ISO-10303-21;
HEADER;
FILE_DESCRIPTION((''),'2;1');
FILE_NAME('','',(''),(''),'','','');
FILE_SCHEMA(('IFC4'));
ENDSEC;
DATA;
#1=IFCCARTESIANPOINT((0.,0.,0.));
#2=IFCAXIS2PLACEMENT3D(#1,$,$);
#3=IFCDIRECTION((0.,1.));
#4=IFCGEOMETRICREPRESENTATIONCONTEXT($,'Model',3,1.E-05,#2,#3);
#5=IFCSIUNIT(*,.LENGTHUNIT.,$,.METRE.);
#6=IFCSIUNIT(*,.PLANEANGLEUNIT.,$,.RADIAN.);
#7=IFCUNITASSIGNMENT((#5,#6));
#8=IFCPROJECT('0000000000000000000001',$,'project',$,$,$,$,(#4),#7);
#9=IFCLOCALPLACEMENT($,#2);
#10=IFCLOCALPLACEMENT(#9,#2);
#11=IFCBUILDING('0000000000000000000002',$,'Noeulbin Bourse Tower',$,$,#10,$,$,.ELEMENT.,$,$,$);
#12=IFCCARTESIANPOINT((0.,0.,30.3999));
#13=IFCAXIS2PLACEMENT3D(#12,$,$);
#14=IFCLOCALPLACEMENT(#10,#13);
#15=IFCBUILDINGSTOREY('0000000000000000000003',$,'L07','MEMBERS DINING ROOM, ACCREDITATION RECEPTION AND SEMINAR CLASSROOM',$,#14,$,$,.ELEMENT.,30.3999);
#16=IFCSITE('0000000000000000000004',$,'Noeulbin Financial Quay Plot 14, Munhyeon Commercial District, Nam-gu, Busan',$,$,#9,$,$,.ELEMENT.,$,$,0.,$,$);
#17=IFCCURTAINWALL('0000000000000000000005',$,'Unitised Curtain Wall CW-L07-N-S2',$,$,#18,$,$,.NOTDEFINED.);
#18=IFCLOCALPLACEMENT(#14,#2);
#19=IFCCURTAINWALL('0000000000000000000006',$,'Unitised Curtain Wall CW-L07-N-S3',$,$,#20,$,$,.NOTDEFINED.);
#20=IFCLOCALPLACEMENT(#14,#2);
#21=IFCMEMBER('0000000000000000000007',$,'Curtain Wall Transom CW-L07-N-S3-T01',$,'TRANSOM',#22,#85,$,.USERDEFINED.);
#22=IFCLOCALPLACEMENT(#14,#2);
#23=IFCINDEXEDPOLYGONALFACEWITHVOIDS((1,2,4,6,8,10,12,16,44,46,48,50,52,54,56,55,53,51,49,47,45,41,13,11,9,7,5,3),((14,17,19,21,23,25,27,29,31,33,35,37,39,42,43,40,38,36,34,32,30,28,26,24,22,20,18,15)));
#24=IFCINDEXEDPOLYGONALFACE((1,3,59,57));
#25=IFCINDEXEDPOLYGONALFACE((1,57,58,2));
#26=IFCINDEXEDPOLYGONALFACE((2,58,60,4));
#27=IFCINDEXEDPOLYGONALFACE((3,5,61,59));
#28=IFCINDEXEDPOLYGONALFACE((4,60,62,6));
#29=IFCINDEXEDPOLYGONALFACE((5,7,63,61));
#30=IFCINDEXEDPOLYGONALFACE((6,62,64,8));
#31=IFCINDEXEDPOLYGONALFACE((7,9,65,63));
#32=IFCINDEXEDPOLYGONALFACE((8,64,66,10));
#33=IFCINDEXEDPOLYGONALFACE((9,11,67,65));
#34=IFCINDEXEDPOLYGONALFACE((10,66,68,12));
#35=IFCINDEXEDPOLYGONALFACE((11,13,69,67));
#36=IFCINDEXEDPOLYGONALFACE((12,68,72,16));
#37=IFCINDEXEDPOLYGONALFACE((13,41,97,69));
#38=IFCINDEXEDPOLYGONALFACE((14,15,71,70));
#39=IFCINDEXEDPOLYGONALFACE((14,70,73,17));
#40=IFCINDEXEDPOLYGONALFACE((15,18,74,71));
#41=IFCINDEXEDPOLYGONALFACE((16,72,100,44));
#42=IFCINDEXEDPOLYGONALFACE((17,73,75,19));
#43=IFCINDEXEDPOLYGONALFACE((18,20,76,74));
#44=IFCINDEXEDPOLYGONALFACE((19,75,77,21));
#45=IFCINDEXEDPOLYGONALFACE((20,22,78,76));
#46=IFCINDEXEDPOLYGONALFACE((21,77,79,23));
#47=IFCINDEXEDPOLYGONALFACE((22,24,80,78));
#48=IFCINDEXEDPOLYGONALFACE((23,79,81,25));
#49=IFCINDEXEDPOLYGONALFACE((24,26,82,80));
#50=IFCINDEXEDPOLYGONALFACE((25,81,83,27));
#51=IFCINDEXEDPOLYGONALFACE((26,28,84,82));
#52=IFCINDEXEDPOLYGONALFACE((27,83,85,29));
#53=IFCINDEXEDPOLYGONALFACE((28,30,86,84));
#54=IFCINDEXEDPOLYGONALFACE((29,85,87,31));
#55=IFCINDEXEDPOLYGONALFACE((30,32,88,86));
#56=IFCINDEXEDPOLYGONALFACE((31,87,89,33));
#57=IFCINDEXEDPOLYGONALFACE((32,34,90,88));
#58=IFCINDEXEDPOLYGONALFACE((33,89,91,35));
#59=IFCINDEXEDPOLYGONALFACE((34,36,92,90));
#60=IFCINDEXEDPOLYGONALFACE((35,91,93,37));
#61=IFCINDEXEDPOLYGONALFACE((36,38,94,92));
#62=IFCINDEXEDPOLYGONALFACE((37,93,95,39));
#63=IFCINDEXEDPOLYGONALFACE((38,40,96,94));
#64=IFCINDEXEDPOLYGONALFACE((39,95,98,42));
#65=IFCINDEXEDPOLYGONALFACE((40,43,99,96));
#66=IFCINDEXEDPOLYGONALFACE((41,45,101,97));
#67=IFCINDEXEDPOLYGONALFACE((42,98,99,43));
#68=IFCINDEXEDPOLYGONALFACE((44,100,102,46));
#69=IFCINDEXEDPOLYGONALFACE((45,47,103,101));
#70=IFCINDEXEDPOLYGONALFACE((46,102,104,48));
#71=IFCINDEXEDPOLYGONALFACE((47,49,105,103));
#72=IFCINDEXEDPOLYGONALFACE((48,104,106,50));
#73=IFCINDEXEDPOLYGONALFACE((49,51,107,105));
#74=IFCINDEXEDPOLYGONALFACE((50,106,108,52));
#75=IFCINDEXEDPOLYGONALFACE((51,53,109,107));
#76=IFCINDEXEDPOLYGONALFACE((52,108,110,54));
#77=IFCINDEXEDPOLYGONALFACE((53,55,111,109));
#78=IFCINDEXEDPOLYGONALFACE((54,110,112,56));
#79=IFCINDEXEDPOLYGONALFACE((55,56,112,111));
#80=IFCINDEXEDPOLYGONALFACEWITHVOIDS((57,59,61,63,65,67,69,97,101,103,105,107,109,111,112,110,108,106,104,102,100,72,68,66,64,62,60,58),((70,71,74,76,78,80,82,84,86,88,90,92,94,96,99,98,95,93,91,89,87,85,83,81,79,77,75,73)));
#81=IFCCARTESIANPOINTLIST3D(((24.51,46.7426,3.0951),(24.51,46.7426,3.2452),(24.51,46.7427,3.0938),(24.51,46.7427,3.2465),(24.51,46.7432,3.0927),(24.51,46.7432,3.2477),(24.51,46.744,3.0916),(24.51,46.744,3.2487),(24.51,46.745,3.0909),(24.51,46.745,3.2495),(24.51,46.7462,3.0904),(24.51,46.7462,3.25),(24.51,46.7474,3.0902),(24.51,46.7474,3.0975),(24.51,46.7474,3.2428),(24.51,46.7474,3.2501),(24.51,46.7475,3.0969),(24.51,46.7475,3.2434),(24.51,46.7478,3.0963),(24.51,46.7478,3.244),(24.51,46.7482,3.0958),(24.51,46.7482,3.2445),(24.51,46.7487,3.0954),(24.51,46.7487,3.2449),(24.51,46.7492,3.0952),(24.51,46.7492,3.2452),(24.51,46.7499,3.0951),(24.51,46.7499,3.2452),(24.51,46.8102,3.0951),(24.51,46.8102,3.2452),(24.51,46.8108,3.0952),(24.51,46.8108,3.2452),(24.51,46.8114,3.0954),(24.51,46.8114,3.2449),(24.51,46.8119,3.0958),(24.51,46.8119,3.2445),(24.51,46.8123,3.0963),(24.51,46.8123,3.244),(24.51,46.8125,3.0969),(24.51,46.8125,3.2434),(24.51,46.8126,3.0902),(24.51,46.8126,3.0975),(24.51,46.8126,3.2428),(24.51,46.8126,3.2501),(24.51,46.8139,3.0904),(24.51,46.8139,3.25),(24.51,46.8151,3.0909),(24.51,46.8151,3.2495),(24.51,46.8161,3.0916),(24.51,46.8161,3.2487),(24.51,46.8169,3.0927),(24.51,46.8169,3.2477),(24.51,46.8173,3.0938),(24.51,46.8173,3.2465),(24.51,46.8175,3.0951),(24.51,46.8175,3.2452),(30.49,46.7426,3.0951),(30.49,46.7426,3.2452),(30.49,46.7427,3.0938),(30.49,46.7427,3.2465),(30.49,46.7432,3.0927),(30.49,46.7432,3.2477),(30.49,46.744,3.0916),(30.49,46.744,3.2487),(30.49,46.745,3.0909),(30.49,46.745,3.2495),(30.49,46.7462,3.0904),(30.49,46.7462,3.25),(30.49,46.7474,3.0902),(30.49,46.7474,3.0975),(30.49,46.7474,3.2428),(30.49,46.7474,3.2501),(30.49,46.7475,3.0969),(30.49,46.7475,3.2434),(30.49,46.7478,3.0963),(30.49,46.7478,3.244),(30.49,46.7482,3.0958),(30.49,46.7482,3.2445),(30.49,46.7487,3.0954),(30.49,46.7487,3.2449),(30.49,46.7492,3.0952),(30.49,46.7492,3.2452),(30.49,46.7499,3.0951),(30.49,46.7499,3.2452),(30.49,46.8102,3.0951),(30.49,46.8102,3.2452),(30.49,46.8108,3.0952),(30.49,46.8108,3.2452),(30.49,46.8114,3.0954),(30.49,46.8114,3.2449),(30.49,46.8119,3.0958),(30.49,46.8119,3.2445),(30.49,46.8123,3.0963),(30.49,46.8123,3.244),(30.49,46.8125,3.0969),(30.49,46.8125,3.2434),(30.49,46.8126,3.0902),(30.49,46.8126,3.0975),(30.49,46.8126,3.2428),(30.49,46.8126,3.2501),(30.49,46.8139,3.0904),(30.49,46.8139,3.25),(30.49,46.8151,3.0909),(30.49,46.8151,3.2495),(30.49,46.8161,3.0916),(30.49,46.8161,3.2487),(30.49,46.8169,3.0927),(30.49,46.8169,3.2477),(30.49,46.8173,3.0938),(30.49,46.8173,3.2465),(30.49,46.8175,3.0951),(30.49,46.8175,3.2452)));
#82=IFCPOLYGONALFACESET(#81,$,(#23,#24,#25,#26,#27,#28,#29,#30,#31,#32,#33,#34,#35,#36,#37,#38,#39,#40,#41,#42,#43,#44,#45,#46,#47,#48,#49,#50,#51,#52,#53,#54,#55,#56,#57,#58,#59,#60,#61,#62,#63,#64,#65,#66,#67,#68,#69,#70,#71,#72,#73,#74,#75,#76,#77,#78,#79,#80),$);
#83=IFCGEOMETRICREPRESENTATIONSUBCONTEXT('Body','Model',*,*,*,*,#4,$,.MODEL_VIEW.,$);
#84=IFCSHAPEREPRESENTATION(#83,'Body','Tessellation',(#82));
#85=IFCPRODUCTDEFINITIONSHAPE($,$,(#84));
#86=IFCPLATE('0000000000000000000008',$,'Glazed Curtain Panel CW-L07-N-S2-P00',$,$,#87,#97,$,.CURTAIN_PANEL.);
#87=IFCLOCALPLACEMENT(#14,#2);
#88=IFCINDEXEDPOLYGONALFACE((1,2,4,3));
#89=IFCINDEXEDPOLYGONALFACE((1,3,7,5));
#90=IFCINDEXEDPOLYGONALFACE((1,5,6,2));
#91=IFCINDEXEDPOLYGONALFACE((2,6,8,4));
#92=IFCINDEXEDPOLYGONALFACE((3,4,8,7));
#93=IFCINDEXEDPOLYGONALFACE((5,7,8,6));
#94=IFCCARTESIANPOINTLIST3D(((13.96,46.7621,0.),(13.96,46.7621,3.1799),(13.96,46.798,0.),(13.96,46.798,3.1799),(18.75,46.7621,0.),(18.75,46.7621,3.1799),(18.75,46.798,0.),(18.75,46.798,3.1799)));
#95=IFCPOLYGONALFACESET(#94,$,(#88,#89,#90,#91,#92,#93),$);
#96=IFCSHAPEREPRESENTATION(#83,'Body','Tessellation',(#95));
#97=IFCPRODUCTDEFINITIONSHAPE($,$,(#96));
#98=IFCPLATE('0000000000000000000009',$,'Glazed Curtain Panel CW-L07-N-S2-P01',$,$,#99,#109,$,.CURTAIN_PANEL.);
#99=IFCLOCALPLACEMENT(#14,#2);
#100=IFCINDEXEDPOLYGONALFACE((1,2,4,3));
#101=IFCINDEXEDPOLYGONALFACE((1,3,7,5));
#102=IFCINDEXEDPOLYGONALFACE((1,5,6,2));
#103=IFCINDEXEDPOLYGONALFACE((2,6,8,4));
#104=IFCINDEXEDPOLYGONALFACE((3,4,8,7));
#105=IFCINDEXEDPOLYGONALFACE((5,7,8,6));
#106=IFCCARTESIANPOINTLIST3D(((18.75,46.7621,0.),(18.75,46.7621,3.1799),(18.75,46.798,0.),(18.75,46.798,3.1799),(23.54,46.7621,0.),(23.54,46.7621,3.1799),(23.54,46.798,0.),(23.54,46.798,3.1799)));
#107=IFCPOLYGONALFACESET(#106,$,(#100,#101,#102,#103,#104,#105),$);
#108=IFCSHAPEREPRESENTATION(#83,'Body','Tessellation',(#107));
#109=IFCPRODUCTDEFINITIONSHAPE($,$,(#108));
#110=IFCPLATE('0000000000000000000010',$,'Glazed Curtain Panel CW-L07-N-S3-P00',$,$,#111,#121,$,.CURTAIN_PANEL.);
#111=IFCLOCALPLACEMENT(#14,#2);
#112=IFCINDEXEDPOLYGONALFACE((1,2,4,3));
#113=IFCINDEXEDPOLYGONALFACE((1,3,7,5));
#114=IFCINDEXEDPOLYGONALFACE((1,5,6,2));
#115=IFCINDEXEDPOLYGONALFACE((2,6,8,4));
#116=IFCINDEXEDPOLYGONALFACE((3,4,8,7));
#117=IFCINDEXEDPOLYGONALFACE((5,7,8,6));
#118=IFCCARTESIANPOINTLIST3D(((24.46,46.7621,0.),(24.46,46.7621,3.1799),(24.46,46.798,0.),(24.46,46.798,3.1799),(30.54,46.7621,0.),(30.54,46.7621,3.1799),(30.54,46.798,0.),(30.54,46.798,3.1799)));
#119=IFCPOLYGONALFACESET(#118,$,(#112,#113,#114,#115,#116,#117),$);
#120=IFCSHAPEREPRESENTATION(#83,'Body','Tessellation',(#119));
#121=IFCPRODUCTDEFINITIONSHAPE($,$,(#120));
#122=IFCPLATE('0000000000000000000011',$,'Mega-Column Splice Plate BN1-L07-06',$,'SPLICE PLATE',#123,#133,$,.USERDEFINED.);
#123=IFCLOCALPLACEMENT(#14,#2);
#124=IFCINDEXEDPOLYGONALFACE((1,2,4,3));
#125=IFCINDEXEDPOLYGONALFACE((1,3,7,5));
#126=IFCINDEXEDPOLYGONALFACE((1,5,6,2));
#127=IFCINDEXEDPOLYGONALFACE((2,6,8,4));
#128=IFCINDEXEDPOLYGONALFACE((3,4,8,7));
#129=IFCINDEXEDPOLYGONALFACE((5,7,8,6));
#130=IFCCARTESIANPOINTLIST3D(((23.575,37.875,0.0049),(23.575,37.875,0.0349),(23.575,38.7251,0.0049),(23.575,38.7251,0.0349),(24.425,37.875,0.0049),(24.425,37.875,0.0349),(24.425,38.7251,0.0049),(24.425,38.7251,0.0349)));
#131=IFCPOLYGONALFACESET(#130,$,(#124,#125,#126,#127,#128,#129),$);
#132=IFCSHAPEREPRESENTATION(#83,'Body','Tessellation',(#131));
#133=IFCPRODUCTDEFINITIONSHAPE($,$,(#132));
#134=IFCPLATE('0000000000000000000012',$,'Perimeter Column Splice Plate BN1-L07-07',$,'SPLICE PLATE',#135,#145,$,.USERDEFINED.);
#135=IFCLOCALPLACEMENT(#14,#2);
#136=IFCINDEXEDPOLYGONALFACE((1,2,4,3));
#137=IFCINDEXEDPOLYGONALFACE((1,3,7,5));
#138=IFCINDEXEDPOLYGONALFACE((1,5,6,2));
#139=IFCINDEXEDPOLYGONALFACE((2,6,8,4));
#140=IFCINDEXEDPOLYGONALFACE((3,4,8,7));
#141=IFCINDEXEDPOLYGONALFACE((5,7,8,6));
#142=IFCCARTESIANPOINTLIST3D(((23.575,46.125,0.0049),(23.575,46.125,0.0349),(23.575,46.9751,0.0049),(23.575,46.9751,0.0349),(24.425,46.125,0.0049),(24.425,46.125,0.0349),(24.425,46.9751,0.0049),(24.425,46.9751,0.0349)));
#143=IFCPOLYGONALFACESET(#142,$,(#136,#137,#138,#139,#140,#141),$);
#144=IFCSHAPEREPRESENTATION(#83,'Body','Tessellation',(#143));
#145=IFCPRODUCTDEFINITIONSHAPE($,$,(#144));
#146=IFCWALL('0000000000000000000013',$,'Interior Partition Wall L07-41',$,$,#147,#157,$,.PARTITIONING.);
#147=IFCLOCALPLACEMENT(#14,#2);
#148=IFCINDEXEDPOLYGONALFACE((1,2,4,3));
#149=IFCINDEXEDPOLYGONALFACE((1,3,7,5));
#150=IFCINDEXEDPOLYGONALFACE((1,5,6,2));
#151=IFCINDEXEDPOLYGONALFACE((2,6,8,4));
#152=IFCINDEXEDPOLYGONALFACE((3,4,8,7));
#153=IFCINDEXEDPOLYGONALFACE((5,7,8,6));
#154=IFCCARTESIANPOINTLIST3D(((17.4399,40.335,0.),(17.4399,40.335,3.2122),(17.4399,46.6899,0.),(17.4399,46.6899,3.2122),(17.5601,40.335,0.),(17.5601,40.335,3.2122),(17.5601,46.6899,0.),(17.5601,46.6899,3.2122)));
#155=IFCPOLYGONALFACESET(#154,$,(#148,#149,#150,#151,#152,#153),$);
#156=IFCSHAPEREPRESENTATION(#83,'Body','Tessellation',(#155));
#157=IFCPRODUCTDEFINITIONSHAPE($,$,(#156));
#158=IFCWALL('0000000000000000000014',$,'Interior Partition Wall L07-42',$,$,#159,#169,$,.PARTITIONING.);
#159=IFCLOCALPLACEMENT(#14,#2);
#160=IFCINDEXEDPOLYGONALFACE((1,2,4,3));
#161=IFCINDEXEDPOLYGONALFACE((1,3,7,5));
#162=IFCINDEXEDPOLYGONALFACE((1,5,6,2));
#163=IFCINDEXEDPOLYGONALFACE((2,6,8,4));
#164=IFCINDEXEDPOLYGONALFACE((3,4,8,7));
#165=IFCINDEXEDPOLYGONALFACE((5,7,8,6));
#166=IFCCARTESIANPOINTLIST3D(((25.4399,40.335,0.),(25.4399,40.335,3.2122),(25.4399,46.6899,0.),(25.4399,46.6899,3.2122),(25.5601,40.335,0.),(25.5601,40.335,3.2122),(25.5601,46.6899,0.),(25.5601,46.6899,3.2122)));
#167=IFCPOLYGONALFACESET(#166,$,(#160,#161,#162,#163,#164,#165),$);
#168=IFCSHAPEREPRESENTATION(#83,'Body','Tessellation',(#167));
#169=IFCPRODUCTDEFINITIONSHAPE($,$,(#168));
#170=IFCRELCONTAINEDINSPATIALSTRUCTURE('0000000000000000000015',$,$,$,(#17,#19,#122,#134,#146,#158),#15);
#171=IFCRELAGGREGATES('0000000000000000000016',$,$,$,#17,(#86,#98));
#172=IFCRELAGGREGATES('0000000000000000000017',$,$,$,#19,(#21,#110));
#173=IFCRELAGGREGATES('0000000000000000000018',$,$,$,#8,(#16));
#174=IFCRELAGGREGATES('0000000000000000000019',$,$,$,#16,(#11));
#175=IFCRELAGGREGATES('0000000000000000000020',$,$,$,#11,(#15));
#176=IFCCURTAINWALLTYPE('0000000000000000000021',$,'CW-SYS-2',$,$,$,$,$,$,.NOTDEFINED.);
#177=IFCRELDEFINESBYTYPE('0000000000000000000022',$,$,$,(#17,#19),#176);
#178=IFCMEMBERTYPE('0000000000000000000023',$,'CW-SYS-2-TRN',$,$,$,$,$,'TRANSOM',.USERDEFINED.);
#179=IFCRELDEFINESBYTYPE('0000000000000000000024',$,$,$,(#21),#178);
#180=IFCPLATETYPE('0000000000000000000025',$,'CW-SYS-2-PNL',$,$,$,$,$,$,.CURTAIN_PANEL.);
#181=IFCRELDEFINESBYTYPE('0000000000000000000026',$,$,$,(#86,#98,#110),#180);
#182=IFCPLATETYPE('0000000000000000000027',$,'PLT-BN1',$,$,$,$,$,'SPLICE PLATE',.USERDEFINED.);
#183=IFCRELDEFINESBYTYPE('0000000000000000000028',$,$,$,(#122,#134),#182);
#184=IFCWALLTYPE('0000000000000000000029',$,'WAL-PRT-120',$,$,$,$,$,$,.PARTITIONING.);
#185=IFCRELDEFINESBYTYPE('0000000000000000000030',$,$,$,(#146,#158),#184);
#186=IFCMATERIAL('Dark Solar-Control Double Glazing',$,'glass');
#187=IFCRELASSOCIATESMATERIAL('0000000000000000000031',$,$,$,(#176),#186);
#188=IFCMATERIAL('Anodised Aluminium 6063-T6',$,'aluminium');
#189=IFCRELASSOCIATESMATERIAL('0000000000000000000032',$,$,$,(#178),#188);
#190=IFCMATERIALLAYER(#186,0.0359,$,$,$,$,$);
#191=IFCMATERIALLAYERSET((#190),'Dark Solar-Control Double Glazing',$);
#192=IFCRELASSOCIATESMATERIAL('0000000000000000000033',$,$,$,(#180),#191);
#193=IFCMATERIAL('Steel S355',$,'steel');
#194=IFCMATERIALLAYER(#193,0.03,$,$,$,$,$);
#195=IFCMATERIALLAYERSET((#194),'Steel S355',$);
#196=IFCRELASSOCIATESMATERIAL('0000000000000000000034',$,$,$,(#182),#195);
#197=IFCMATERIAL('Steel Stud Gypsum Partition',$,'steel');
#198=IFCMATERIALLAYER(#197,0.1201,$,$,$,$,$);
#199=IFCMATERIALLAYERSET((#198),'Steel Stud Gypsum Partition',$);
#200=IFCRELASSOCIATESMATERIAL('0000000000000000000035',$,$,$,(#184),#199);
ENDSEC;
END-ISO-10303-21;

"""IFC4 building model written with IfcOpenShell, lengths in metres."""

from ifc_helpers import new_model, si_unit, direction, frame, frame_2d, origin, origin_2d, place, context, subcontext, project, spatial, rectangle, hollow_rectangle, extrude, material, layer, layer_set, material_profile, profile_set, type_object, element, aggregate, save


model = new_model("IFC4")

# Units and contexts
model_context = context("Model", 3, precision=1e-05, world=origin(), true_north=direction((0.0, 1.0)))
body_context = subcontext(model_context, "Body", "Model", "MODEL_VIEW")
ifc_project = project(units=[si_unit("LENGTHUNIT", "METRE"), si_unit("PLANEANGLEUNIT", "RADIAN")], contexts=[model_context])

# Site, building, storey
site_placement = place(None, origin())
site = spatial("IfcSite", under=ifc_project, at=site_placement, Name="Noeulbin Financial Quay Plot 14, Munhyeon Commercial District, Nam-gu, Busan", CompositionType="ELEMENT", RefElevation=0.0)
building_placement = place(site_placement, origin())
building = spatial("IfcBuilding", under=site, at=building_placement, Name="Noeulbin Bourse Tower", CompositionType="ELEMENT")
storey_placement = place(building_placement, frame((0.0, 0.0, 30.3999)))
storey = spatial("IfcBuildingStorey", under=building, at=storey_placement, Name="L07", Description="MEMBERS DINING ROOM, ACCREDITATION RECEPTION AND SEMINAR CLASSROOM", CompositionType="ELEMENT", Elevation=30.3999)

# Shared definitions
ifc_material_1 = material(Name="Steel S355", Category="steel")

# Curtain walls, member
ifc_material_2 = material(Name="Dark Solar-Control Double Glazing", Category="glass")
curtain_wall_type = type_object("IfcCurtainWallType", Name="CW-SYS-2", PredefinedType="NOTDEFINED", material=ifc_material_2)
curtain_wall_1_placement = place(storey_placement, origin())
curtain_wall_1 = element("IfcCurtainWall", 1, at=curtain_wall_1_placement, inside=storey, type_object=curtain_wall_type, Name="Unitised Curtain Wall CW-L07-N-S2", PredefinedType="NOTDEFINED")
ifc_material_3 = material(Name="Anodised Aluminium 6063-T6", Category="aluminium")
curtain_wall_2_placement = place(storey_placement, origin())
curtain_wall_2 = element("IfcCurtainWall", 2, at=curtain_wall_2_placement, inside=storey, type_object=curtain_wall_type, Name="Unitised Curtain Wall CW-L07-N-S3", PredefinedType="NOTDEFINED")
ifc_material_profile_1 = material_profile(ifc_material_3, hollow_rectangle(XDim=0.075, YDim=0.1599, WallThickness=0.0049, InnerFilletRadius=0.0024, OuterFilletRadius=0.0049, at=origin_2d()), Name="ALU-TRAN-75x160x5", Category="LoadBearing")
ifc_profile_set_1 = profile_set([ifc_material_profile_1], Name="Anodised Aluminium 6063-T6")
member_type_1 = type_object("IfcMemberType", Name="CW-SYS-2-TRN", ElementType="TRANSOM", PredefinedType="USERDEFINED", material=ifc_profile_set_1)
member_1_placement = place(storey_placement, frame((24.51, 46.78, 3.1702), z_axis=(1.0, 0.0, 0.0), x_axis=(0.0, 1.0, 0.0)))
member_1 = element("IfcMember", 3, at=member_1_placement, type_object=member_type_1, Name="Curtain Wall Transom CW-L07-N-S3-T01", ObjectType="TRANSOM", PredefinedType="USERDEFINED", context=body_context, shape_type="SweptSolid", body=[
    extrude(hollow_rectangle(XDim=0.075, YDim=0.1599, WallThickness=0.0049, InnerFilletRadius=0.0024, OuterFilletRadius=0.0049, at=origin_2d()), origin(), (0.0, 0.0, 1.0), 5.98),
])

# Plates
ifc_layer_1 = layer(ifc_material_2, 0.0359)
ifc_layer_set_1 = layer_set([ifc_layer_1], Name="Dark Solar-Control Double Glazing")
plate_type_1 = type_object("IfcPlateType", Name="CW-SYS-2-PNL", PredefinedType="CURTAIN_PANEL", material=ifc_layer_set_1)
plate_1_placement = place(storey_placement, frame((16.355, 46.78, 0.0), z_axis=(0.0, 0.0, 1.0), x_axis=(1.0, 0.0, 0.0)))
plate_1 = element("IfcPlate", 4, at=plate_1_placement, type_object=plate_type_1, Name="Glazed Curtain Panel CW-L07-N-S2-P00", PredefinedType="CURTAIN_PANEL", context=body_context, shape_type="SweptSolid", body=[
    extrude(rectangle(XDim=4.79, YDim=0.0359, at=origin_2d()), origin(), (0.0, 0.0, 1.0), 3.1799),
])
plate_2_placement = place(storey_placement, frame((21.145, 46.78, 0.0), z_axis=(0.0, 0.0, 1.0), x_axis=(1.0, 0.0, 0.0)))
plate_2 = element("IfcPlate", 5, at=plate_2_placement, type_object=plate_type_1, Name="Glazed Curtain Panel CW-L07-N-S2-P01", PredefinedType="CURTAIN_PANEL", context=body_context, shape_type="SweptSolid", body=[
    extrude(rectangle(XDim=4.79, YDim=0.0359, at=origin_2d()), origin(), (0.0, 0.0, 1.0), 3.1799),
])
aggregate(curtain_wall_1, [plate_1, plate_2])
plate_3_placement = place(storey_placement, frame((27.5, 46.78, 0.0), z_axis=(0.0, 0.0, 1.0), x_axis=(1.0, 0.0, 0.0)))
plate_3 = element("IfcPlate", 6, at=plate_3_placement, type_object=plate_type_1, Name="Glazed Curtain Panel CW-L07-N-S3-P00", PredefinedType="CURTAIN_PANEL", context=body_context, shape_type="SweptSolid", body=[
    extrude(rectangle(XDim=6.0801, YDim=0.0359, at=origin_2d()), origin(), (0.0, 0.0, 1.0), 3.1799),
])
aggregate(curtain_wall_2, [member_1, plate_3])

# Plates
ifc_layer_2 = layer(ifc_material_1, 0.03)
ifc_layer_set_2 = layer_set([ifc_layer_2], Name="Steel S355")
plate_type_2 = type_object("IfcPlateType", Name="PLT-BN1", ElementType="SPLICE PLATE", PredefinedType="USERDEFINED", material=ifc_layer_set_2)
for number, where, z_axis, x_axis, name in (
    (7, (24.0, 38.3, 0.0049), (0.0, 0.0, 1.0), (1.0, 0.0, 0.0), "Mega-Column Splice Plate BN1-L07-06"),
    (8, (24.0, 46.55, 0.0049), (0.0, 0.0, 1.0), (1.0, 0.0, 0.0), "Perimeter Column Splice Plate BN1-L07-07"),
):
    element("IfcPlate", number, at=place(storey_placement, frame(where, z_axis=z_axis, x_axis=x_axis)), inside=storey, type_object=plate_type_2, Name=name, ObjectType="SPLICE PLATE", PredefinedType="USERDEFINED", context=body_context, shape_type="SweptSolid", body=[
        extrude(rectangle(XDim=0.8501, YDim=0.8501, at=origin_2d()), origin(), (0.0, 0.0, 1.0), 0.03),
    ])

# Walls
ifc_material_4 = material(Name="Steel Stud Gypsum Partition", Category="steel")
ifc_layer_3 = layer(ifc_material_4, 0.1201)
ifc_layer_set_3 = layer_set([ifc_layer_3], Name="Steel Stud Gypsum Partition")
wall_type = type_object("IfcWallType", Name="WAL-PRT-120", PredefinedType="PARTITIONING", material=ifc_layer_set_3)
for number, where, z_axis, x_axis, name in (
    (9, (17.5, 40.335, 0.0), (0.0, 0.0, 1.0), (0.0, 1.0, 0.0), "Interior Partition Wall L07-41"),
    (10, (25.5, 40.335, 0.0), (0.0, 0.0, 1.0), (0.0, 1.0, 0.0), "Interior Partition Wall L07-42"),
):
    element("IfcWall", number, at=place(storey_placement, frame(where, z_axis=z_axis, x_axis=x_axis)), inside=storey, type_object=wall_type, Name=name, PredefinedType="PARTITIONING", context=body_context, shape_type="SweptSolid", body=[
        extrude(rectangle(XDim=6.355, YDim=0.1201, at=frame_2d((3.1775, 0.0))), origin(), (0.0, 0.0, 1.0), 3.2122),
    ])

save(model, "model.ifc")
